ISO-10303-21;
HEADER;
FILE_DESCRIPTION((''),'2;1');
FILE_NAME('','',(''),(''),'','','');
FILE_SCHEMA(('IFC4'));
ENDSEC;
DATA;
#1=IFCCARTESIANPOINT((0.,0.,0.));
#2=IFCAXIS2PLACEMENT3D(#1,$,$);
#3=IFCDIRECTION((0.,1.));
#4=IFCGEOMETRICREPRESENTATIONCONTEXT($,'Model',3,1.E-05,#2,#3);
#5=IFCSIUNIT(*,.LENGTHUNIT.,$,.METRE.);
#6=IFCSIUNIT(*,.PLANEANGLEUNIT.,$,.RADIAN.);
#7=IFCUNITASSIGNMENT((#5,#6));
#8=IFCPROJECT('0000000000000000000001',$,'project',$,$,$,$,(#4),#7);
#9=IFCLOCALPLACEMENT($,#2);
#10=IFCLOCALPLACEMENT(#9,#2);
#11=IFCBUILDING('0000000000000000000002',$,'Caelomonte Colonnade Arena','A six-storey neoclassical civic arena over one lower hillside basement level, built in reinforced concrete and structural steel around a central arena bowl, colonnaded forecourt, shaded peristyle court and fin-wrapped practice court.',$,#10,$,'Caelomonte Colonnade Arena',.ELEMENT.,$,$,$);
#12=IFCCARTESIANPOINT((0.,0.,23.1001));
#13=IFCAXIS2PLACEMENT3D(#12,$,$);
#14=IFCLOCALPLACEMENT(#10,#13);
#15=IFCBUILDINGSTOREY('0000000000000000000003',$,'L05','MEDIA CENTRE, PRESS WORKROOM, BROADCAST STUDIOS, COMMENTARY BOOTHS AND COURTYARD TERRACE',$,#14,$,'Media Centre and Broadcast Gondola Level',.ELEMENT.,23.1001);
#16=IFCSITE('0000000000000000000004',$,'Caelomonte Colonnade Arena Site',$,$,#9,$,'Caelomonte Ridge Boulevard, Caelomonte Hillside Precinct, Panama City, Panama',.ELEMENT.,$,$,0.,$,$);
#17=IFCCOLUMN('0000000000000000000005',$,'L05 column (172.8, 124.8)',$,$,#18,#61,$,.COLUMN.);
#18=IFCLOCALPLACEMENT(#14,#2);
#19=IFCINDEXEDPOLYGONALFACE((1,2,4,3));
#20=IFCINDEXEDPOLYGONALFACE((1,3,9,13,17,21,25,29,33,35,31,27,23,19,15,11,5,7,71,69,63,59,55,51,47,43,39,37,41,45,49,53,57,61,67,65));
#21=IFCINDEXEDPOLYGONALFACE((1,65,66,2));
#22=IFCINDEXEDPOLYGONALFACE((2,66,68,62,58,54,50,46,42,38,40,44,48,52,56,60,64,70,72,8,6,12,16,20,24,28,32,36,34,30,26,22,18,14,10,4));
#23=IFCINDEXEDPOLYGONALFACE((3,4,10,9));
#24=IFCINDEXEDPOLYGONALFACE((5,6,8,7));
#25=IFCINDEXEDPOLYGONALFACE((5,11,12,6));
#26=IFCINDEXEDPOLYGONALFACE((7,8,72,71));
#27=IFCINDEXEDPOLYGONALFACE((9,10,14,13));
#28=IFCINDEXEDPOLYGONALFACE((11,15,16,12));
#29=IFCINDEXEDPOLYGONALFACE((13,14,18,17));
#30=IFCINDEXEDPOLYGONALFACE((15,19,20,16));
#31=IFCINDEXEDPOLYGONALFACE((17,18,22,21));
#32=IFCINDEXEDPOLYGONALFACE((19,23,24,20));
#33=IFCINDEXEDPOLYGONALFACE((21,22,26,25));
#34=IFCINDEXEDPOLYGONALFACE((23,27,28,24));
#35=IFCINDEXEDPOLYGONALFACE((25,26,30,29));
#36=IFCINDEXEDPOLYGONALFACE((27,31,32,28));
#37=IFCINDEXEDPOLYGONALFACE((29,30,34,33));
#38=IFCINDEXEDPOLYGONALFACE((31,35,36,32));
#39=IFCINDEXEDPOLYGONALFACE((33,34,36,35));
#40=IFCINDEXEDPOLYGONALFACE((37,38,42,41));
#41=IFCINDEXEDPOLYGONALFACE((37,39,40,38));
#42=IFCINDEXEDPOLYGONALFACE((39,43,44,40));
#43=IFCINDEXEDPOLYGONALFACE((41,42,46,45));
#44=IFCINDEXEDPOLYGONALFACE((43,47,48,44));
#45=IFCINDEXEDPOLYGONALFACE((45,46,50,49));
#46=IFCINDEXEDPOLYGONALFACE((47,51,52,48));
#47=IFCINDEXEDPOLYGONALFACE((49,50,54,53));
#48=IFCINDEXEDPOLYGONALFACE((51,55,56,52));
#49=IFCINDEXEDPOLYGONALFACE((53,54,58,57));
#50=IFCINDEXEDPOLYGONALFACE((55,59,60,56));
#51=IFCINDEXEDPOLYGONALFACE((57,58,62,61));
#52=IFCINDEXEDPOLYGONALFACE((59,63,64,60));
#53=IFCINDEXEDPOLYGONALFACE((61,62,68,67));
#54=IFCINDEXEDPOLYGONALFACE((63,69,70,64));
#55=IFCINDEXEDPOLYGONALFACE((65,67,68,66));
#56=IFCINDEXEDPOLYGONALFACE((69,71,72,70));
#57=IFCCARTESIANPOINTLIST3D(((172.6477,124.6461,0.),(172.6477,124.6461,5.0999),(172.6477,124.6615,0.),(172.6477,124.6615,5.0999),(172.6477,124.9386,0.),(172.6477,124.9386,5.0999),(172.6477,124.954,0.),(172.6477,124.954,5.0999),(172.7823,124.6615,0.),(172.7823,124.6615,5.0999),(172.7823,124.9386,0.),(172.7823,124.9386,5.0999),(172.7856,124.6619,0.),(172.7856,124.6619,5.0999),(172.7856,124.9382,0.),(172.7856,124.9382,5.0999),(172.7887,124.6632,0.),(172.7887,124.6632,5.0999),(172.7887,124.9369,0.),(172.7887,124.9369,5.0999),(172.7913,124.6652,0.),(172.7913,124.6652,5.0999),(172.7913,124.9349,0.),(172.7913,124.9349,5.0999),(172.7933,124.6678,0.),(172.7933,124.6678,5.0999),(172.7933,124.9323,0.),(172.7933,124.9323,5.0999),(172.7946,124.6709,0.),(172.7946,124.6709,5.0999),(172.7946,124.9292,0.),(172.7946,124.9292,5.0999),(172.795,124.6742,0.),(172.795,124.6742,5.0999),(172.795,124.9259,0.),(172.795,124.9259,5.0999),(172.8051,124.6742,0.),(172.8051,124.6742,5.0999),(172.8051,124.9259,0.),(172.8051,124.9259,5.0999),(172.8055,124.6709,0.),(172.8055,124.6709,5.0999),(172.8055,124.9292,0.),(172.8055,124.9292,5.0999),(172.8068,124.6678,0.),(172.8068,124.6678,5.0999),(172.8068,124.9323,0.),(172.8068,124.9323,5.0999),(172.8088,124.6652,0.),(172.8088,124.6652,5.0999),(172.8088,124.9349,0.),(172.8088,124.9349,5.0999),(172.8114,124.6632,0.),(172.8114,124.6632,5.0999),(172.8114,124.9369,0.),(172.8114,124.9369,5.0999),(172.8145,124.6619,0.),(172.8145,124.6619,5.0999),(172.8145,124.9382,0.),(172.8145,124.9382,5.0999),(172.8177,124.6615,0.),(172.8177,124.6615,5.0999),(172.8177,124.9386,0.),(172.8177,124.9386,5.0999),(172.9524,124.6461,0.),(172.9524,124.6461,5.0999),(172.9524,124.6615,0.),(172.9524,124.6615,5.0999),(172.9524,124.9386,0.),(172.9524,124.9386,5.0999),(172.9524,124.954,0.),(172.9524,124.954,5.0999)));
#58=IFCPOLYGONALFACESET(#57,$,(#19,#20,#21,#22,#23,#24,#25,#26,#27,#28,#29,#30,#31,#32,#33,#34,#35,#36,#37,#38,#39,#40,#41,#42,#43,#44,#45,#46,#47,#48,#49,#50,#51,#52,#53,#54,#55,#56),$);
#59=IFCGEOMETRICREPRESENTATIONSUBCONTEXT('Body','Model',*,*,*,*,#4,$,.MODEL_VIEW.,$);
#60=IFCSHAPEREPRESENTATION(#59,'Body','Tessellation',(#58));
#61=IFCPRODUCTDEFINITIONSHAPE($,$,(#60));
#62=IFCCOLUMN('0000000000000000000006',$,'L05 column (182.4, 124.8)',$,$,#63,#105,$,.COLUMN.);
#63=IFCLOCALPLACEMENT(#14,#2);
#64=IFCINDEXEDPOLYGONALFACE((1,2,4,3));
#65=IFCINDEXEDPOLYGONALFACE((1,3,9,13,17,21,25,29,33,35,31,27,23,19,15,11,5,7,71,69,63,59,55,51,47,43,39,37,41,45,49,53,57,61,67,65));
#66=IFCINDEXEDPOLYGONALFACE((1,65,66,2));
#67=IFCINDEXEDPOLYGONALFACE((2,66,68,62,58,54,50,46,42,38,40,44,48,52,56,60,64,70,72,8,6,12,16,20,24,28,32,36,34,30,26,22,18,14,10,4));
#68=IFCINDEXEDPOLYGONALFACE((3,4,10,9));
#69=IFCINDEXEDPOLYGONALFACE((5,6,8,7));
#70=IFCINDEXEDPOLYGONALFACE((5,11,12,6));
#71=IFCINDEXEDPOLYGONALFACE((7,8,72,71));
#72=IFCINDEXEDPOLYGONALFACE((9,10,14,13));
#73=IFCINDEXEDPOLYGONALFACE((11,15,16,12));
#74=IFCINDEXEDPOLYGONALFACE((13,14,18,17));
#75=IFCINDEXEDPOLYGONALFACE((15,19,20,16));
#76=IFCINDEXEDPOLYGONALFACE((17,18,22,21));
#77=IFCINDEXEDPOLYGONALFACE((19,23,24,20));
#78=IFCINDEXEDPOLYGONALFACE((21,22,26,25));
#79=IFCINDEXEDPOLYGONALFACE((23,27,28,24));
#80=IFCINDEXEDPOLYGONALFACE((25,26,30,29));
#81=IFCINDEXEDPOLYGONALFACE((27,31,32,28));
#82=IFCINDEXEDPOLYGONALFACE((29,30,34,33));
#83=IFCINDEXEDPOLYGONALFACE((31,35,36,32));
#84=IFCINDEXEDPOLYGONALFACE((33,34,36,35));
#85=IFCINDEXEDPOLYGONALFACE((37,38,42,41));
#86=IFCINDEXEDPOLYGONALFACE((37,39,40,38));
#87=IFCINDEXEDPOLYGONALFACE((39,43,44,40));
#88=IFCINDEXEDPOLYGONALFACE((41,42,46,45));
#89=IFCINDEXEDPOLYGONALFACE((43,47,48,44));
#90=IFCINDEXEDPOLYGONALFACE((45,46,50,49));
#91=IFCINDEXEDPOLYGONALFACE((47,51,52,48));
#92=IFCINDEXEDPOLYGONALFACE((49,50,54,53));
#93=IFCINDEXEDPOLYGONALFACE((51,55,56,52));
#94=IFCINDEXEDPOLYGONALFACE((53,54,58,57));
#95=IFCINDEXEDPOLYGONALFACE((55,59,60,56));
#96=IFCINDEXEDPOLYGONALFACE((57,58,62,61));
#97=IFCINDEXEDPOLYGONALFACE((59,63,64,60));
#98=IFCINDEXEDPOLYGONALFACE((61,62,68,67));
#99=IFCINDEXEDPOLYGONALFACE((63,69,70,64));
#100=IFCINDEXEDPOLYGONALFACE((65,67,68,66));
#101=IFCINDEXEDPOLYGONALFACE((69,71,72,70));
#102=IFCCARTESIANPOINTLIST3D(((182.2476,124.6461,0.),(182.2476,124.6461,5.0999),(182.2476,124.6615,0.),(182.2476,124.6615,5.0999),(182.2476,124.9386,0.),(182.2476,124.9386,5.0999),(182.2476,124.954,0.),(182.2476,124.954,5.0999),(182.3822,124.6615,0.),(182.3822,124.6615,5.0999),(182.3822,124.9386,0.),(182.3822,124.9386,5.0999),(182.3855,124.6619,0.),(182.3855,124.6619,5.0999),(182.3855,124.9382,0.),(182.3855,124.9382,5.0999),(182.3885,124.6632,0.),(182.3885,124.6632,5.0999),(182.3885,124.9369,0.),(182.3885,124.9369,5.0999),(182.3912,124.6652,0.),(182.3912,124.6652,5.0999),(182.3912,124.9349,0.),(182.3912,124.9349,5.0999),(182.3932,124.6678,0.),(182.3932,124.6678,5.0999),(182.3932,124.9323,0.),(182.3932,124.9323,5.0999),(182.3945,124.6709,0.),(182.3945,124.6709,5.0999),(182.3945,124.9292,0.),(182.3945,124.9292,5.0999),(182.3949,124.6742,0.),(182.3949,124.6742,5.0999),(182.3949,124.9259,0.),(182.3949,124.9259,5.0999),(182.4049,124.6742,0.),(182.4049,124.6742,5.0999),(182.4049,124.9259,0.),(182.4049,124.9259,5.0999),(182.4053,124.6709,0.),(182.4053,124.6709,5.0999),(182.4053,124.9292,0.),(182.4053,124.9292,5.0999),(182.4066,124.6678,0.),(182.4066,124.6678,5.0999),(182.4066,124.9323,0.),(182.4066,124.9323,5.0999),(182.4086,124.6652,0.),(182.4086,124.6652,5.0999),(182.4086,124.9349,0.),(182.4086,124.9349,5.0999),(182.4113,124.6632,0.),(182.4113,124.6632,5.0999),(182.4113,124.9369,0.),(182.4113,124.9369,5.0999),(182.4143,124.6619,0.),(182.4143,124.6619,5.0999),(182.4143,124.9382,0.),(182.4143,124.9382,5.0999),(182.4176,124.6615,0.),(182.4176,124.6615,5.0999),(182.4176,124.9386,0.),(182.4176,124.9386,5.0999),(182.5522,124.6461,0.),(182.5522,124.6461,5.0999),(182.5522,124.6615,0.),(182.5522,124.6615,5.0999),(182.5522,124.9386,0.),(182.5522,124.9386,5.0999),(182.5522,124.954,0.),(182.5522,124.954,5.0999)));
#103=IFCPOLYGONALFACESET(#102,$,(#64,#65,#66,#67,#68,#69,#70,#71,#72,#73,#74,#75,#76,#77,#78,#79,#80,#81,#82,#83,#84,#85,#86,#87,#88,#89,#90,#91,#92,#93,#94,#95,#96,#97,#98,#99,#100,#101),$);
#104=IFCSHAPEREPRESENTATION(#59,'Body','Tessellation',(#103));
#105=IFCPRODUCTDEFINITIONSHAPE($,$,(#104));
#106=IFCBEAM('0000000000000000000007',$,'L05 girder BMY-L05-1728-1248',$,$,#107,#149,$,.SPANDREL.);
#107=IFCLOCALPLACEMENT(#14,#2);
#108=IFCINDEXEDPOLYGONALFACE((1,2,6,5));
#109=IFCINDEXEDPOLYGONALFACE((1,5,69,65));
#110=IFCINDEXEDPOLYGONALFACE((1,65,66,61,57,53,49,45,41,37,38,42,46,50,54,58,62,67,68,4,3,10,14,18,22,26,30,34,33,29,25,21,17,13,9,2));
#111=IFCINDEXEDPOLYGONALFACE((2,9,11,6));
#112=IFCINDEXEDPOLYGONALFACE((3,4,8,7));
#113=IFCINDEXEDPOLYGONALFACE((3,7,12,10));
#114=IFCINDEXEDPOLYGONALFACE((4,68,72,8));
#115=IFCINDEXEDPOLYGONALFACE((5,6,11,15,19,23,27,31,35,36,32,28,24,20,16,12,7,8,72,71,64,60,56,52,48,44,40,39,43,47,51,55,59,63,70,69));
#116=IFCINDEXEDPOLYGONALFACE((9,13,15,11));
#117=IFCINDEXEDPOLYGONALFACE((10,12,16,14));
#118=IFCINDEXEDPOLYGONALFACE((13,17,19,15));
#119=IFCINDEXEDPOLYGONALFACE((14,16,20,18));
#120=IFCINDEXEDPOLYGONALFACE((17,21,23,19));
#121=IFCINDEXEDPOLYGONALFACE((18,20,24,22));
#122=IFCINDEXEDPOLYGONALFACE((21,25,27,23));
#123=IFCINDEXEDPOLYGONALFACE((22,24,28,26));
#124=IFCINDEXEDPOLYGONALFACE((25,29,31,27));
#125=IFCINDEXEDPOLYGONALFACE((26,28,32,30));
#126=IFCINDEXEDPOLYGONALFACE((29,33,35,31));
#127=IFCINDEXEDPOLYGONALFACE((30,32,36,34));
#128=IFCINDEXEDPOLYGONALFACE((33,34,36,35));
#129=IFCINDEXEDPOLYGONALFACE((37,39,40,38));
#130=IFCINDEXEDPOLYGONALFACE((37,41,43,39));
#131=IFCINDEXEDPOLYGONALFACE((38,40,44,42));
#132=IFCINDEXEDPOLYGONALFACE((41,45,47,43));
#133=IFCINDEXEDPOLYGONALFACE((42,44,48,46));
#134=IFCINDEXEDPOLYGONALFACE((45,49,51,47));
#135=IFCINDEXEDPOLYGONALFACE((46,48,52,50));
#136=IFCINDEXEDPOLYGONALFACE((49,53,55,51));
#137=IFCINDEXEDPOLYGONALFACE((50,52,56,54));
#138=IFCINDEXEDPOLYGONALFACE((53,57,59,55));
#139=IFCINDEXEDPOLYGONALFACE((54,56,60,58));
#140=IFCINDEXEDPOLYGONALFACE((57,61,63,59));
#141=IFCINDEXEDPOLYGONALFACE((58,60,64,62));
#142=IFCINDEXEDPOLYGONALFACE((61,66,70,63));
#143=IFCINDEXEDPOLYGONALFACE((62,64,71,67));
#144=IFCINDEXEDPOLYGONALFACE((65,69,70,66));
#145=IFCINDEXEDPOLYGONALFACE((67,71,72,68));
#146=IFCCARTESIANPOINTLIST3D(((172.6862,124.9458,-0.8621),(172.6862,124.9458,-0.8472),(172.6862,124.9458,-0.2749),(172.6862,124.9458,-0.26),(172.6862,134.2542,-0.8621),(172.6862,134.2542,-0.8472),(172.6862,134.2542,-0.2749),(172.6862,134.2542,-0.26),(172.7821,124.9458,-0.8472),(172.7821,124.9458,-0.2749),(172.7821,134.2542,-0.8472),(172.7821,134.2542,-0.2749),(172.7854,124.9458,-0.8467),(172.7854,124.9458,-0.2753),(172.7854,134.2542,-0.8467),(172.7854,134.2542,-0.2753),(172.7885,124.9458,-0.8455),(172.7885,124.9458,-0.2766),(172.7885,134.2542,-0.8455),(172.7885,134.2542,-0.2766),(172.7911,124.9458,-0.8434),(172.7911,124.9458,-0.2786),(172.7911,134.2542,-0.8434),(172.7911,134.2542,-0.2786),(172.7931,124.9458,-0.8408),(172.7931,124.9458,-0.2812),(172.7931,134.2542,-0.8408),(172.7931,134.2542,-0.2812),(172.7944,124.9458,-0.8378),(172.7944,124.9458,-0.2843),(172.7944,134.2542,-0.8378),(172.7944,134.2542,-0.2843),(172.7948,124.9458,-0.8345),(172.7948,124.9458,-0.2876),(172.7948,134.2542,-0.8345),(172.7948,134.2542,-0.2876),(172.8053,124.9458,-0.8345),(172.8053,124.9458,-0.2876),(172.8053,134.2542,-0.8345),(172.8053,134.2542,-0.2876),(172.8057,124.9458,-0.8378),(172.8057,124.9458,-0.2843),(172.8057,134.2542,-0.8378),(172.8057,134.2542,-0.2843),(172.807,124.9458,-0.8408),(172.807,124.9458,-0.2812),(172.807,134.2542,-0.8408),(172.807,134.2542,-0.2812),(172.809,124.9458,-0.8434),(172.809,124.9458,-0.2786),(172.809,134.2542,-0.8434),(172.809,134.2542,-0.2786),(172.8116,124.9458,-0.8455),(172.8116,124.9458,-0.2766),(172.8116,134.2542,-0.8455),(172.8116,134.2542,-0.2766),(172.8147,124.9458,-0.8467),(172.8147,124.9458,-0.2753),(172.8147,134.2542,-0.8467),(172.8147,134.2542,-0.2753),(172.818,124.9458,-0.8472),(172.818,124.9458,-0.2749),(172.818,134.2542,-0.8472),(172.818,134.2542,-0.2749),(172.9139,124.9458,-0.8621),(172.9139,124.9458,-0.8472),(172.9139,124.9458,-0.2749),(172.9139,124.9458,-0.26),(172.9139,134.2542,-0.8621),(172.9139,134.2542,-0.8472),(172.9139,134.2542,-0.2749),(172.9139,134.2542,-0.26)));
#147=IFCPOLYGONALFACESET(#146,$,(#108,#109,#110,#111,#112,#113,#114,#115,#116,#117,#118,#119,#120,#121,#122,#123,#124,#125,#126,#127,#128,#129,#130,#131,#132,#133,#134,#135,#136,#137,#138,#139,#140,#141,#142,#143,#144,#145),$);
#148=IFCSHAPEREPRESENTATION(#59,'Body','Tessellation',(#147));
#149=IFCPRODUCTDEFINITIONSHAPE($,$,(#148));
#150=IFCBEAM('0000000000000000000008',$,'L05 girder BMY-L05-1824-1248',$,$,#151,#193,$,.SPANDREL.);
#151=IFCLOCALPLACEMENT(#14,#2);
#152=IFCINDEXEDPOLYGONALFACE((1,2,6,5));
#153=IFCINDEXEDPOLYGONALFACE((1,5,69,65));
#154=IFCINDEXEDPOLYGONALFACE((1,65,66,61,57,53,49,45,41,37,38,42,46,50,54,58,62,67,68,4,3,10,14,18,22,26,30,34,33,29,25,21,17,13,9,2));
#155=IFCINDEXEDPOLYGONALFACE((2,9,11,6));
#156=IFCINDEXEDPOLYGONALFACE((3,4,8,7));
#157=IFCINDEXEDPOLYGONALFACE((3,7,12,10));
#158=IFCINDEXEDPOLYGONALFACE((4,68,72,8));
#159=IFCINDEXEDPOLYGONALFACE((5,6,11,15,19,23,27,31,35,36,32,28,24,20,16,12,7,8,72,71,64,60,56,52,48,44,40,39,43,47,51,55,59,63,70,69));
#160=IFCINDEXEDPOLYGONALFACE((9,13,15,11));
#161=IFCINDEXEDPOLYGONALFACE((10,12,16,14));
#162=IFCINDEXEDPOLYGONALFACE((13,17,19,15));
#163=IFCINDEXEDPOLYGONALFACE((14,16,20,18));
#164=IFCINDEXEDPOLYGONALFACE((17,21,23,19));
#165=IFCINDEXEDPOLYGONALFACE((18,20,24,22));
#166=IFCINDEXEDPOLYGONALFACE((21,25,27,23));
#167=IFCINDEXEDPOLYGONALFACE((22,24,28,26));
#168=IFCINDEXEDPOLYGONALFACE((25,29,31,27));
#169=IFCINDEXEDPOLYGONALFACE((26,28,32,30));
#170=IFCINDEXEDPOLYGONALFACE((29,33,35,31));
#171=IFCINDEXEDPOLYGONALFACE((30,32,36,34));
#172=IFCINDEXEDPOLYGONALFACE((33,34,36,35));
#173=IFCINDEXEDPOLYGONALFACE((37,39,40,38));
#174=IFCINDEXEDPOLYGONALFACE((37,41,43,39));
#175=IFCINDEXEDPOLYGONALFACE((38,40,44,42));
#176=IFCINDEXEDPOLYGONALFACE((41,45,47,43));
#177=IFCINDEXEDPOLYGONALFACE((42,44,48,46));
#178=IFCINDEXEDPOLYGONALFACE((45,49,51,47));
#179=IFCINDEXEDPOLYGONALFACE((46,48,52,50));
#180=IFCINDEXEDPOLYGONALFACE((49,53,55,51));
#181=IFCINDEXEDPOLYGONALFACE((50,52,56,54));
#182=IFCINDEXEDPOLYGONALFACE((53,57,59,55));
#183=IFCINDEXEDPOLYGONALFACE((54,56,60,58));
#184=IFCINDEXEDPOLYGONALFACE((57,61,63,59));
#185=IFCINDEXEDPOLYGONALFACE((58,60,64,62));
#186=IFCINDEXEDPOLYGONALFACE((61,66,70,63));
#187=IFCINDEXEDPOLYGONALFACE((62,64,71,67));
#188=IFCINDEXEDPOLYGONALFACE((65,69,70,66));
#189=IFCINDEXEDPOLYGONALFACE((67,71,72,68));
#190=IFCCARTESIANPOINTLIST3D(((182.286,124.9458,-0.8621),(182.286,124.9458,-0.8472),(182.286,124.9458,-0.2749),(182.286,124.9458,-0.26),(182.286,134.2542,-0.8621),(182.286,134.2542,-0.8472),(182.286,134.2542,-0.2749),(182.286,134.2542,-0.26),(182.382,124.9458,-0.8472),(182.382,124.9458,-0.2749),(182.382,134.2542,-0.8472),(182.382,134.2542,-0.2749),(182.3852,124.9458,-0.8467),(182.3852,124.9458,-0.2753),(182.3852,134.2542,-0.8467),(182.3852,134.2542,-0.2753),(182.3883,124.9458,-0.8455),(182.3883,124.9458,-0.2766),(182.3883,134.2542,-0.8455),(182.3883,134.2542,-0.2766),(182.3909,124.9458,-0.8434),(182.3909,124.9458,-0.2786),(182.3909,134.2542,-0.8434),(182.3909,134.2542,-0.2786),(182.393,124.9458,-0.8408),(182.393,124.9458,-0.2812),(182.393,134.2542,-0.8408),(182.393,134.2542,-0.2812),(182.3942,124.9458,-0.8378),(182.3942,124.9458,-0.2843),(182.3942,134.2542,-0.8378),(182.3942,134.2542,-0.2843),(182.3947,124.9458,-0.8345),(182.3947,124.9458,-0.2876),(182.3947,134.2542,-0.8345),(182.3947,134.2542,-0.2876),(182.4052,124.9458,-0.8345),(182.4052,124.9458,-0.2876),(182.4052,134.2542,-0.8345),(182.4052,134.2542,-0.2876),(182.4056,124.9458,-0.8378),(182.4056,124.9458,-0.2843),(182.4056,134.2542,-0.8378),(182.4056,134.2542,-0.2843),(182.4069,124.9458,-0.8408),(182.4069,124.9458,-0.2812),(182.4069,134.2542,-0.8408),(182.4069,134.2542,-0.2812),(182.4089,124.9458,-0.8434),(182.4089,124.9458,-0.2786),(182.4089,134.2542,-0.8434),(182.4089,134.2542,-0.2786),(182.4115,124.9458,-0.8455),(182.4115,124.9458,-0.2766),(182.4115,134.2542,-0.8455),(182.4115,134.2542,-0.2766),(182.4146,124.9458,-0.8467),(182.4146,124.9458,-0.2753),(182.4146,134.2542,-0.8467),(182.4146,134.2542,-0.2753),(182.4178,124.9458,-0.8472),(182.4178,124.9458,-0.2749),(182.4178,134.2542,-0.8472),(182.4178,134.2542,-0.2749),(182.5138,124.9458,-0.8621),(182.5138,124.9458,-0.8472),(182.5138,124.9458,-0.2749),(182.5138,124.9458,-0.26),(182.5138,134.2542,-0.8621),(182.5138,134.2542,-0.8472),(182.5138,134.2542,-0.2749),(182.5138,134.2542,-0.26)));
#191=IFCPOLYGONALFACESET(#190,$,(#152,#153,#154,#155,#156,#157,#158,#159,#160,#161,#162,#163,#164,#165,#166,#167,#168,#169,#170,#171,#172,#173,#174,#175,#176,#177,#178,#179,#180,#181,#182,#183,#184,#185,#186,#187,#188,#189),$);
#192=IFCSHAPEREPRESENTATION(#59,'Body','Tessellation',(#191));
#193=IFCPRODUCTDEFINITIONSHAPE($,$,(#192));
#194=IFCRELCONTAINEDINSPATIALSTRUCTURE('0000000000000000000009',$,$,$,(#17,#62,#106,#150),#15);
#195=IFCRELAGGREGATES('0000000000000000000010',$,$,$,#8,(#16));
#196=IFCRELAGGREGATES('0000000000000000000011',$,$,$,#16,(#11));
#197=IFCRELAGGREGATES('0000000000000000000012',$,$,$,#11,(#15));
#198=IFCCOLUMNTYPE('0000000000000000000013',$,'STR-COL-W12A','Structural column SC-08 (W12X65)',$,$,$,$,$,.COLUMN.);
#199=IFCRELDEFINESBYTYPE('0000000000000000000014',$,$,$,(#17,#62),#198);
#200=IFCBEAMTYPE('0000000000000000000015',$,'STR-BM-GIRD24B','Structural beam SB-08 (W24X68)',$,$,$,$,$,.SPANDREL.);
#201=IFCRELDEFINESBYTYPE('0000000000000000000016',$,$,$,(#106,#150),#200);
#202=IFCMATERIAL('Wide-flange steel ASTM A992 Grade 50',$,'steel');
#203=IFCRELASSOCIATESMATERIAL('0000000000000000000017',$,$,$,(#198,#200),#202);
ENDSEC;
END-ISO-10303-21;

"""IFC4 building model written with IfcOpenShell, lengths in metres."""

from ifc_helpers import new_model, si_unit, direction, frame, origin, origin_2d, place, context, subcontext, project, spatial, i_section, extrude, material, material_profile, profile_set, type_object, element, save


model = new_model("IFC4")

# Units and contexts
model_context = context("Model", 3, precision=1e-05, world=origin(), true_north=direction((0.0, 1.0)))
body_context = subcontext(model_context, "Body", "Model", "MODEL_VIEW")
ifc_project = project(units=[si_unit("LENGTHUNIT", "METRE"), si_unit("PLANEANGLEUNIT", "RADIAN")], contexts=[model_context])

# Site, building, storey
site_placement = place(None, origin())
site = spatial("IfcSite", under=ifc_project, at=site_placement, Name="Caelomonte Colonnade Arena Site", LongName="Caelomonte Ridge Boulevard, Caelomonte Hillside Precinct, Panama City, Panama", CompositionType="ELEMENT", RefElevation=0.0)
building_placement = place(site_placement, origin())
building = spatial("IfcBuilding", under=site, at=building_placement, Name="Caelomonte Colonnade Arena", Description="A six-storey neoclassical civic arena over one lower hillside basement level, built in reinforced concrete and structural steel around a central arena bowl, colonnaded forecourt, shaded peristyle court and fin-wrapped practice court.", LongName="Caelomonte Colonnade Arena", CompositionType="ELEMENT")
storey_placement = place(building_placement, frame((0.0, 0.0, 23.1001)))
storey = spatial("IfcBuildingStorey", under=building, at=storey_placement, Name="L05", Description="MEDIA CENTRE, PRESS WORKROOM, BROADCAST STUDIOS, COMMENTARY BOOTHS AND COURTYARD TERRACE", LongName="Media Centre and Broadcast Gondola Level", CompositionType="ELEMENT", Elevation=23.1001)

# Columns
ifc_material_1 = material(Name="Wide-flange steel ASTM A992 Grade 50", Category="steel")
ifc_material_profile_1 = material_profile(ifc_material_1, i_section(OverallWidth=0.3047, OverallDepth=0.3079, WebThickness=0.01, FlangeThickness=0.0154, FilletRadius=0.0127, at=origin_2d()), Name="W12X65")
ifc_profile_set_1 = profile_set([ifc_material_profile_1], Name="Wide-flange steel ASTM A992 Grade 50")
column_type = type_object("IfcColumnType", Name="STR-COL-W12A", Description="Structural column SC-08 (W12X65)", PredefinedType="COLUMN", material=ifc_profile_set_1)
for number, where, z_axis, x_axis, name in (
    (1, (172.8, 124.8, 0.0), (0.0, 0.0, 1.0), (1.0, 0.0, 0.0), "L05 column (172.8, 124.8)"),
    (2, (182.3999, 124.8, 0.0), (0.0, 0.0, 1.0), (1.0, 0.0, 0.0), "L05 column (182.4, 124.8)"),
):
    element("IfcColumn", number, at=place(storey_placement, frame(where, z_axis=z_axis, x_axis=x_axis)), inside=storey, type_object=column_type, Name=name, PredefinedType="COLUMN", context=body_context, shape_type="SweptSolid", body=[
        extrude(i_section(OverallWidth=0.3047, OverallDepth=0.3079, WebThickness=0.01, FlangeThickness=0.0154, FilletRadius=0.0127, at=origin_2d()), origin(), (0.0, 0.0, 1.0), 5.0999),
    ])

# Beams
ifc_material_profile_2 = material_profile(ifc_material_1, i_section(OverallWidth=0.2278, OverallDepth=0.6021, WebThickness=0.0105, FlangeThickness=0.0149, FilletRadius=0.0127, at=origin_2d()), Name="W24X68")
ifc_profile_set_2 = profile_set([ifc_material_profile_2], Name="Wide-flange steel ASTM A992 Grade 50")
beam_type_1 = type_object("IfcBeamType", Name="STR-BM-GIRD24B", Description="Structural beam SB-08 (W24X68)", PredefinedType="SPANDREL", material=ifc_profile_set_2)
for number, where, z_axis, x_axis, name in (
    (3, (172.8, 124.9458, -0.561), (0.0, 1.0, 0.0), (-1.0, 0.0, 0.0), "L05 girder BMY-L05-1728-1248"),
    (4, (182.3999, 124.9458, -0.561), (0.0, 1.0, 0.0), (-1.0, 0.0, 0.0), "L05 girder BMY-L05-1824-1248"),
):
    element("IfcBeam", number, at=place(storey_placement, frame(where, z_axis=z_axis, x_axis=x_axis)), inside=storey, type_object=beam_type_1, Name=name, PredefinedType="SPANDREL", context=body_context, shape_type="SweptSolid", body=[
        extrude(i_section(OverallWidth=0.2278, OverallDepth=0.6021, WebThickness=0.0105, FlangeThickness=0.0149, FilletRadius=0.0127, at=origin_2d()), origin(), (0.0, 0.0, 1.0), 9.3083),
    ])

save(model, "model.ifc")
